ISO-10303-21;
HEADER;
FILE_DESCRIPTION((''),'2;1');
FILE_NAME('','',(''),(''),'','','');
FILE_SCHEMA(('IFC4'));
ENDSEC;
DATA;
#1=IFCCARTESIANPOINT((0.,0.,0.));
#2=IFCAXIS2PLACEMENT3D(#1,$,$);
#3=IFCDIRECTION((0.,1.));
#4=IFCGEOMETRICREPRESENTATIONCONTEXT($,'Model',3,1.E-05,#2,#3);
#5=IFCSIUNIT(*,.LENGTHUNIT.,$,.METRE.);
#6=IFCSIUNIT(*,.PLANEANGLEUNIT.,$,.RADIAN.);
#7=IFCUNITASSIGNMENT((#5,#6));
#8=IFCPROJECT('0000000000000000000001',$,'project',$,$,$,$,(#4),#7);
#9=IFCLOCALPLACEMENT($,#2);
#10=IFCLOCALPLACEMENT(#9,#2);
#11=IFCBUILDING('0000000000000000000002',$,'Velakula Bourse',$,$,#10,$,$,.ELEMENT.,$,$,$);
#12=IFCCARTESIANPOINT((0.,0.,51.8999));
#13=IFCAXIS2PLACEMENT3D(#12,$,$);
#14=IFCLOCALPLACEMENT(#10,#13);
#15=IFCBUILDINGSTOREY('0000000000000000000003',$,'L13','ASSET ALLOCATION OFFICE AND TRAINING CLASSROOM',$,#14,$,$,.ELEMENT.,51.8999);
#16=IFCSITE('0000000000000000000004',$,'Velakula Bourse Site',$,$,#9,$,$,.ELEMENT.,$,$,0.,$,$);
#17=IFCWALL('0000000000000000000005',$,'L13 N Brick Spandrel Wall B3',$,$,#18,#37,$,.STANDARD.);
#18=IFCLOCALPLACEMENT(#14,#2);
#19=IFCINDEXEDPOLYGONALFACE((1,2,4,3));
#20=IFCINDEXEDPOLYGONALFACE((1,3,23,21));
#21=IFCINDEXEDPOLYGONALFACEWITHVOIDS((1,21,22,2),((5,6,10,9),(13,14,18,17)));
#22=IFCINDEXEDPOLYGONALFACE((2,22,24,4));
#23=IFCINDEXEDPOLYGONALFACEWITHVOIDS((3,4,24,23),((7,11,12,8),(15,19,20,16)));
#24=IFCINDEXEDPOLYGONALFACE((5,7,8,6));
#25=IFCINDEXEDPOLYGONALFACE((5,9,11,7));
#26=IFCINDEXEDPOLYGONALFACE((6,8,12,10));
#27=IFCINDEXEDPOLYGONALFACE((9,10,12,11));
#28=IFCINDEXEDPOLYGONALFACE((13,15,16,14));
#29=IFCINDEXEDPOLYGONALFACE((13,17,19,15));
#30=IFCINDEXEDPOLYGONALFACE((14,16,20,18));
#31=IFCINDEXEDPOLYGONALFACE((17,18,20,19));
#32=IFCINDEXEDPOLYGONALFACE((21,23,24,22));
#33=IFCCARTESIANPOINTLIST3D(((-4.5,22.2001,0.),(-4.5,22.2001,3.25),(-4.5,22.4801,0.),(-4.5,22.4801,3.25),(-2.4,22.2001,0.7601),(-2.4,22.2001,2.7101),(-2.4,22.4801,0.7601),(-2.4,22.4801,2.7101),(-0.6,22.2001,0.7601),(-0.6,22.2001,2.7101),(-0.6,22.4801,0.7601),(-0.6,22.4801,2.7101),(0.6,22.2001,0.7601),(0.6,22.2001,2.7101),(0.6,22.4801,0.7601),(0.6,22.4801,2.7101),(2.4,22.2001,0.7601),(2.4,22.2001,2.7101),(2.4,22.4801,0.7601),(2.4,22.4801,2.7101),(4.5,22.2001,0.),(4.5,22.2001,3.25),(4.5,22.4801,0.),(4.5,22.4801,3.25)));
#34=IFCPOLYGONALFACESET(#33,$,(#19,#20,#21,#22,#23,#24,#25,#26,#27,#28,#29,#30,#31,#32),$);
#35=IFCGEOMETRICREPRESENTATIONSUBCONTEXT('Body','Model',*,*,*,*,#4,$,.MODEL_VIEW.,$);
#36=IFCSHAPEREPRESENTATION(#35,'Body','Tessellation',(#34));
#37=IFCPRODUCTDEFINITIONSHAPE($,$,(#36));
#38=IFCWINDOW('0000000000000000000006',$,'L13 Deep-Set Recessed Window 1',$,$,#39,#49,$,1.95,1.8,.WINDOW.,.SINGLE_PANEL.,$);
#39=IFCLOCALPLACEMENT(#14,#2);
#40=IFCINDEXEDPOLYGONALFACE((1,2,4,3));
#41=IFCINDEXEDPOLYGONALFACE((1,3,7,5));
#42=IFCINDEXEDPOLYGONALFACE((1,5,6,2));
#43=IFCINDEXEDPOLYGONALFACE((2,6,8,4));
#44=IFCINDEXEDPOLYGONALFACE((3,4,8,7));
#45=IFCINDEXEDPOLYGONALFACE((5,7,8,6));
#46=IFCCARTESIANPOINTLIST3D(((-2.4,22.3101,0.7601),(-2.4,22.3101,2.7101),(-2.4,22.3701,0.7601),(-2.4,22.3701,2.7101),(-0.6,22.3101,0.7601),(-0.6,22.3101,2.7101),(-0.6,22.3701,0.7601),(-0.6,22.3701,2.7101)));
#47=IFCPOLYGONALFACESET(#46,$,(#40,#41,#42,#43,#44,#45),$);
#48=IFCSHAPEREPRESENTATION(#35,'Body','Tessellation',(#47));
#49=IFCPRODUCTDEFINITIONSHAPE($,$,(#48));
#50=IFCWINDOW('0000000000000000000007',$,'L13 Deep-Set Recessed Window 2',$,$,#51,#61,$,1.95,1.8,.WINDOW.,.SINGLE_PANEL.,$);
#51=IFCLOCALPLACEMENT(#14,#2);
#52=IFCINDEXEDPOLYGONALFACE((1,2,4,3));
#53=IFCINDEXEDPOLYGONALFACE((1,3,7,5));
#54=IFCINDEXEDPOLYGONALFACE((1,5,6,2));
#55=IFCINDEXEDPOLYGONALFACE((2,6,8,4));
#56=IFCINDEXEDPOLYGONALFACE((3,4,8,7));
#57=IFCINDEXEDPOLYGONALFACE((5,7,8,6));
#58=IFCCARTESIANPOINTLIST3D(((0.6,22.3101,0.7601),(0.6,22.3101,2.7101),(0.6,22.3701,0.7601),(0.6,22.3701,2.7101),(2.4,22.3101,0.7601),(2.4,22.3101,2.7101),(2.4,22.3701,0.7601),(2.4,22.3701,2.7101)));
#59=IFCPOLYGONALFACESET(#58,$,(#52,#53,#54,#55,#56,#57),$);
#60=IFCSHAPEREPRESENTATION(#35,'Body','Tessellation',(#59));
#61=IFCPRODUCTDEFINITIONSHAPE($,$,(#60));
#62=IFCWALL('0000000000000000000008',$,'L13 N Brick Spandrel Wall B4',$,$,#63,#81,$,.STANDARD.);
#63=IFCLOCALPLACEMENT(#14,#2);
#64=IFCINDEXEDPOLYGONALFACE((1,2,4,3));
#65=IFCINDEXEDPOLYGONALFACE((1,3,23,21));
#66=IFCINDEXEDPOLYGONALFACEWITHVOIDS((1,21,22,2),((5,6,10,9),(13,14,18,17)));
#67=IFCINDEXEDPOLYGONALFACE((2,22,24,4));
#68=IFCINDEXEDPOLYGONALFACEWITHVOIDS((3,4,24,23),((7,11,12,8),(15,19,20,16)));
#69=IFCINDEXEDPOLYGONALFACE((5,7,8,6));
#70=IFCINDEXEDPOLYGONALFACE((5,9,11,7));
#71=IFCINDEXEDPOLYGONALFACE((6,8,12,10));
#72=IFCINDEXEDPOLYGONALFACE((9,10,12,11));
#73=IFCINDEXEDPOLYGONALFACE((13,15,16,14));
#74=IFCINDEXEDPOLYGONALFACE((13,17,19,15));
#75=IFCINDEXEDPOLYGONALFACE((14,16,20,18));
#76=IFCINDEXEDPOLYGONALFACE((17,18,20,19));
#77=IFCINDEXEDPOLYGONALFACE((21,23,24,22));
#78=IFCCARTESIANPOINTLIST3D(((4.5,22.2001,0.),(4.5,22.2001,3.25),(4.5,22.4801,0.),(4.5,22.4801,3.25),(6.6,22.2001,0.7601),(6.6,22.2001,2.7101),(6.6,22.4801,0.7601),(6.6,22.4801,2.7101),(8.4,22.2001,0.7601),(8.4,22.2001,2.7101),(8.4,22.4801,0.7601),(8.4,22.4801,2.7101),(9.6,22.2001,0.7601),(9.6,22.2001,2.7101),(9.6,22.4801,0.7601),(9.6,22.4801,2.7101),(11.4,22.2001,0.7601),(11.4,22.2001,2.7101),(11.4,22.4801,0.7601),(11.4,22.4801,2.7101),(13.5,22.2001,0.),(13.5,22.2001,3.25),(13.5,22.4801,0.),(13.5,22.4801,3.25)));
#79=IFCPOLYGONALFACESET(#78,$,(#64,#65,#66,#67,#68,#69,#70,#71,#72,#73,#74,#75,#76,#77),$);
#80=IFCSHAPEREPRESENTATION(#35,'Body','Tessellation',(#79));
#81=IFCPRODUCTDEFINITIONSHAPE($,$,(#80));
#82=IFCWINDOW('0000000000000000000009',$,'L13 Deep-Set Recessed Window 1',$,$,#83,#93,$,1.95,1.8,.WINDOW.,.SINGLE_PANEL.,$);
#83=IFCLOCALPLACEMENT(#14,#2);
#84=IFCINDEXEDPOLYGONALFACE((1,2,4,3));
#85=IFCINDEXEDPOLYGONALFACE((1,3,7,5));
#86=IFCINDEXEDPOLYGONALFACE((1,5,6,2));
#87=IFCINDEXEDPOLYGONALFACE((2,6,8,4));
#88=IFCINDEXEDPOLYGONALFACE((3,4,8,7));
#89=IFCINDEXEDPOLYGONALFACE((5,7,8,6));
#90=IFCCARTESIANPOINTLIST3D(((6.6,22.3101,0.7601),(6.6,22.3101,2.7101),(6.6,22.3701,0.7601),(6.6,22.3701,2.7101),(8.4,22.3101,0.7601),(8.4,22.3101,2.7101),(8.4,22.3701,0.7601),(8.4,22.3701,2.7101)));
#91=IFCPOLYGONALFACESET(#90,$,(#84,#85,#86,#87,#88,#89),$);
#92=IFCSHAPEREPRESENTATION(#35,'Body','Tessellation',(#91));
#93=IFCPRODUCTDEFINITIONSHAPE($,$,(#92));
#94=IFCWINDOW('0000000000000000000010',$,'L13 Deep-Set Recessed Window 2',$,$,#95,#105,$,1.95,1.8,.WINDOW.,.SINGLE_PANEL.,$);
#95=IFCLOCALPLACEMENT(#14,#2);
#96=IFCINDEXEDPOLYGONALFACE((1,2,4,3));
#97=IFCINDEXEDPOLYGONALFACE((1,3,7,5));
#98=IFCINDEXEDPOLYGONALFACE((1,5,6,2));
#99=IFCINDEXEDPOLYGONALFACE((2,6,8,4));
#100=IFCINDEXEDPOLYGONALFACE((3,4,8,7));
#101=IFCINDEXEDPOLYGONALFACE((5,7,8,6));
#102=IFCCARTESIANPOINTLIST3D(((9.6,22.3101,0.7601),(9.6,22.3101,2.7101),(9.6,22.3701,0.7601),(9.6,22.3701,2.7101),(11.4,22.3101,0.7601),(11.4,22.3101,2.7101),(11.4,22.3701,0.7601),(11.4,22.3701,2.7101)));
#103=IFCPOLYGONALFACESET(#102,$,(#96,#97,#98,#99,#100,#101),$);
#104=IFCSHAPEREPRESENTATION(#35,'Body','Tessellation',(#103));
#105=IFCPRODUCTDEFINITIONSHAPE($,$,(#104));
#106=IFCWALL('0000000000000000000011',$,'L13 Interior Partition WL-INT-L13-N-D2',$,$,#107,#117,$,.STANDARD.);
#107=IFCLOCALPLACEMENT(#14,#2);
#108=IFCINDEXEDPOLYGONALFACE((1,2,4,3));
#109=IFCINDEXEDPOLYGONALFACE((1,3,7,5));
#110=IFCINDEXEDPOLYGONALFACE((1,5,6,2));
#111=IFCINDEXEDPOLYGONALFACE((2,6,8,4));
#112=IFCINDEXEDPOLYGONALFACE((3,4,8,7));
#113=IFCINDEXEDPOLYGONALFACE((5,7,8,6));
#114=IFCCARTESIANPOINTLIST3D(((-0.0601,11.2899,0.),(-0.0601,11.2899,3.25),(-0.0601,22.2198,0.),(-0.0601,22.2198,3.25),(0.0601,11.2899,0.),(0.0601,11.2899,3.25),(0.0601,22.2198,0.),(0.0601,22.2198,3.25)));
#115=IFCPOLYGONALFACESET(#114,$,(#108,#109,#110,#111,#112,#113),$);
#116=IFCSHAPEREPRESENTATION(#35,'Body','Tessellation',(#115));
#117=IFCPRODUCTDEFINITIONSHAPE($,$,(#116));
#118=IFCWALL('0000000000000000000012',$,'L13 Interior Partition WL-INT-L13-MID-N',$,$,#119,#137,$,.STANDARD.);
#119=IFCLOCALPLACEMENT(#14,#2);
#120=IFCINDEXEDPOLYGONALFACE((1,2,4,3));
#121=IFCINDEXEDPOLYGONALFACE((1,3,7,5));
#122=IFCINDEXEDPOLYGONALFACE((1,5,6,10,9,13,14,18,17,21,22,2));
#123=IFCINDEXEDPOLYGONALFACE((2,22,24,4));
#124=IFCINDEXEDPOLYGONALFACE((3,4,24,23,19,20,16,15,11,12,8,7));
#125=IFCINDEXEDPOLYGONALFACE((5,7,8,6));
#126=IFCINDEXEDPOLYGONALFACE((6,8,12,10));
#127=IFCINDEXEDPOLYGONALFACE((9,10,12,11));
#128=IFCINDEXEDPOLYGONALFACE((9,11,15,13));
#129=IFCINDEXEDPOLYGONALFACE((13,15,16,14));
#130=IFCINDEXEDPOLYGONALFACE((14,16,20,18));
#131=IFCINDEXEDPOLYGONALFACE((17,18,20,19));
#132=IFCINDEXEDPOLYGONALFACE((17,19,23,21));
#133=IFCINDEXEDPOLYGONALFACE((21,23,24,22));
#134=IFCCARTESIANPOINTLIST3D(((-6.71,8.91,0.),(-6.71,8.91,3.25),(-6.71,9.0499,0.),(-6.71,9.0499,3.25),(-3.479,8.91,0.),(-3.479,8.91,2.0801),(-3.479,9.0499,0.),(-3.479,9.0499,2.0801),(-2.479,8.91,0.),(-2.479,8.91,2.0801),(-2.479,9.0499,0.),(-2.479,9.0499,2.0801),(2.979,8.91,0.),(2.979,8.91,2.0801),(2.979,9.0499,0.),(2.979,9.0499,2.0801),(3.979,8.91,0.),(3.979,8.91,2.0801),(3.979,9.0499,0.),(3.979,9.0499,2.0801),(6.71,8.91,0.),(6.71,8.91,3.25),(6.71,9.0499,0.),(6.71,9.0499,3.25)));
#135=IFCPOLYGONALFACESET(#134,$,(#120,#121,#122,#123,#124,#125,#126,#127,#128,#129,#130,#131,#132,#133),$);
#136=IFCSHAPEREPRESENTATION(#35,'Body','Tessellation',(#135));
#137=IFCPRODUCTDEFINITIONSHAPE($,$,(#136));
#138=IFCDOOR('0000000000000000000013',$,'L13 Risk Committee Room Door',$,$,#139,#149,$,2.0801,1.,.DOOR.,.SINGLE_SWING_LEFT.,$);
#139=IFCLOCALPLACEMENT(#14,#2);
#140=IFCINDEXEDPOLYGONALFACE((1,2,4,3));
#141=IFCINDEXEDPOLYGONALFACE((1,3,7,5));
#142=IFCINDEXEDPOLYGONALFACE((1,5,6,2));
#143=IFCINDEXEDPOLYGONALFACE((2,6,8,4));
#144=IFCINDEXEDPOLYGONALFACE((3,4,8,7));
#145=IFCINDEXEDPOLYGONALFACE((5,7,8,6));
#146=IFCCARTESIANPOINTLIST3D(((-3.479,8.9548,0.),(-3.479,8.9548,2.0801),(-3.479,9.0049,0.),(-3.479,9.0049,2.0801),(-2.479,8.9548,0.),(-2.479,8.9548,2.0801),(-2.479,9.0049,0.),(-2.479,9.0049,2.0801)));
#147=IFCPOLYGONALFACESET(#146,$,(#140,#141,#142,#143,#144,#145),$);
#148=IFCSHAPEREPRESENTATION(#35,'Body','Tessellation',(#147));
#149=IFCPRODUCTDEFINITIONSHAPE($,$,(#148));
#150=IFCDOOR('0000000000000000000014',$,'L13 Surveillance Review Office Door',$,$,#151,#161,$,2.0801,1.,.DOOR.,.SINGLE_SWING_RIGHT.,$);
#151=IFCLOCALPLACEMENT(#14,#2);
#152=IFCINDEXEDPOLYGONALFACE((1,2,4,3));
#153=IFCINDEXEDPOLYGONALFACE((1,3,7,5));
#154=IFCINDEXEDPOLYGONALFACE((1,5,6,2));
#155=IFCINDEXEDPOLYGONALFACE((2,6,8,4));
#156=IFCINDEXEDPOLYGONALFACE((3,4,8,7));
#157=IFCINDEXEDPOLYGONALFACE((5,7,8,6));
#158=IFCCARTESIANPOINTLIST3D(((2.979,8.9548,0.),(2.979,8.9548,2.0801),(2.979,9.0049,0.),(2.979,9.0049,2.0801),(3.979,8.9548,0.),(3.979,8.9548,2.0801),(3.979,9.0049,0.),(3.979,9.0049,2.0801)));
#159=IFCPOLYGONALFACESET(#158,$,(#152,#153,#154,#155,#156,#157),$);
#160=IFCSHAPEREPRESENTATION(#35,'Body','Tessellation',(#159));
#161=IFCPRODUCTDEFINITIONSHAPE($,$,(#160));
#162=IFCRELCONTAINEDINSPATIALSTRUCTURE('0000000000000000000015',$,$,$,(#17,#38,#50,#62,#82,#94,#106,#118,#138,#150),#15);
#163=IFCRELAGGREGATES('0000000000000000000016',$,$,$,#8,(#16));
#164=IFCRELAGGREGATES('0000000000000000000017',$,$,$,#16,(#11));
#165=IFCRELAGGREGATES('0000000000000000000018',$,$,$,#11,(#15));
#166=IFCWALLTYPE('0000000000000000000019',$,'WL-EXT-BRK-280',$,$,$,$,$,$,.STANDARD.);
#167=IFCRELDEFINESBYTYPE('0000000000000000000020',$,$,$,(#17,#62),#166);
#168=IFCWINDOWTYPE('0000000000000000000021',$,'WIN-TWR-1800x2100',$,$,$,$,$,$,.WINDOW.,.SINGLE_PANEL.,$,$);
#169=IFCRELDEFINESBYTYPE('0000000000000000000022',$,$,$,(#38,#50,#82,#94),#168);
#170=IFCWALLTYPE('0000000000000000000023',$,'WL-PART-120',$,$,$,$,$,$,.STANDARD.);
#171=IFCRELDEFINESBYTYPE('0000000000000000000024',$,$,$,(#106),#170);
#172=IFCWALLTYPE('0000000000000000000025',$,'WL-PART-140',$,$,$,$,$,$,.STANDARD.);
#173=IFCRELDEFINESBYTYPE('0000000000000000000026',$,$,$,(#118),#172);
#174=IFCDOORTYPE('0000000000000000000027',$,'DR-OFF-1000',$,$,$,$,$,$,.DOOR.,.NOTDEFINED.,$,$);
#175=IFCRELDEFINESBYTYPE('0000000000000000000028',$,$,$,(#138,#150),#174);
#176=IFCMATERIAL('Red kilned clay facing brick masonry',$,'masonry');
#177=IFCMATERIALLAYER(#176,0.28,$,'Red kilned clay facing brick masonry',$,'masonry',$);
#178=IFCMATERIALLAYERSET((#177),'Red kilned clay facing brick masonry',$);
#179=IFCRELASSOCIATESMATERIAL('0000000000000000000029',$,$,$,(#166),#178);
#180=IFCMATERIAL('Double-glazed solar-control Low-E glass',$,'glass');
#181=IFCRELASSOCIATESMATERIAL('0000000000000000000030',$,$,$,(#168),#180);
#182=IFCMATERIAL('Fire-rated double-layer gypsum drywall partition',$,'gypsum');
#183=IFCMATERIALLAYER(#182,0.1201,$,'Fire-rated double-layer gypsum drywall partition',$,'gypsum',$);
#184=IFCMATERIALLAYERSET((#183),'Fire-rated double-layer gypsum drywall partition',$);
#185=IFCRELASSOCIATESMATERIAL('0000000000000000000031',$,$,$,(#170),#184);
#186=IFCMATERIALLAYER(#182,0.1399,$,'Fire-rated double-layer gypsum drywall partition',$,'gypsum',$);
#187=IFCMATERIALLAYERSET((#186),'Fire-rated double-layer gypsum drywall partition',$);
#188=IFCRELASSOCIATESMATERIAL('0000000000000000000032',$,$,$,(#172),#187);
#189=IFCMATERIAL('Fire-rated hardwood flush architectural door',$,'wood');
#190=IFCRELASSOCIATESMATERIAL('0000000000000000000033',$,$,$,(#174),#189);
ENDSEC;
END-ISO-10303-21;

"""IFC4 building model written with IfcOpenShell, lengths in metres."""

from ifc_helpers import new_model, si_unit, direction, frame, frame_2d, origin, place, context, subcontext, project, spatial, rectangle, extrude, material, layer, layer_set, type_object, element, fill, save


model = new_model("IFC4")

# Units and contexts
model_context = context("Model", 3, precision=1e-05, world=origin(), true_north=direction((0.0, 1.0)))
body_context = subcontext(model_context, "Body", "Model", "MODEL_VIEW")
ifc_project = project(units=[si_unit("LENGTHUNIT", "METRE"), si_unit("PLANEANGLEUNIT", "RADIAN")], contexts=[model_context])

# Site, building, storey
site_placement = place(None, origin())
site = spatial("IfcSite", under=ifc_project, at=site_placement, Name="Velakula Bourse Site", CompositionType="ELEMENT", RefElevation=0.0)
building_placement = place(site_placement, origin())
building = spatial("IfcBuilding", under=site, at=building_placement, Name="Velakula Bourse", CompositionType="ELEMENT")
storey_placement = place(building_placement, frame((0.0, 0.0, 51.8999)))
storey = spatial("IfcBuildingStorey", under=building, at=storey_placement, Name="L13", Description="ASSET ALLOCATION OFFICE AND TRAINING CLASSROOM", CompositionType="ELEMENT", Elevation=51.8999)

# Shared definitions
ifc_material_1 = material(Name="Fire-rated hardwood flush architectural door", Category="wood")

# Walls, openings, windows
ifc_material_2 = material(Name="Red kilned clay facing brick masonry", Category="masonry")
ifc_layer_1 = layer(ifc_material_2, 0.28, Name="Red kilned clay facing brick masonry", Category="masonry")
ifc_layer_set_1 = layer_set([ifc_layer_1], Name="Red kilned clay facing brick masonry")
wall_type_1 = type_object("IfcWallType", Name="WL-EXT-BRK-280", PredefinedType="STANDARD", material=ifc_layer_set_1)
wall_1_placement = place(storey_placement, frame((-4.5, 22.3401, 0.0), z_axis=(0.0, 0.0, 1.0), x_axis=(1.0, 0.0, 0.0)))
wall_1 = element("IfcWall", 1, at=wall_1_placement, inside=storey, type_object=wall_type_1, Name="L13 N Brick Spandrel Wall B3", PredefinedType="STANDARD", context=body_context, shape_type="SweptSolid", body=[
    extrude(rectangle(XDim=9.0, YDim=0.28, at=frame_2d((4.5, 0.0))), origin(), (0.0, 0.0, 1.0), 3.25),
])
opening_1_placement = place(wall_1_placement, frame((2.1001, 0.0, 0.76)))
opening_1 = element("IfcOpeningElement", 2, at=opening_1_placement, cuts=wall_1, PredefinedType="OPENING", context=body_context, shape_type="SweptSolid", body=[
    extrude(rectangle(XDim=1.8, YDim=1.95, at=frame_2d((0.8999, 0.9751))), frame((0.0, 0.1499, 0.0), z_axis=(0.0, -1.0, 0.0), x_axis=(1.0, 0.0, 0.0)), (0.0, 0.0, 1.0), 0.3),
])
opening_2_placement = place(wall_1_placement, frame((5.1001, 0.0, 0.76)))
opening_2 = element("IfcOpeningElement", 3, at=opening_2_placement, cuts=wall_1, PredefinedType="OPENING", context=body_context, shape_type="SweptSolid", body=[
    extrude(rectangle(XDim=1.8, YDim=1.95, at=frame_2d((0.8999, 0.9751))), frame((0.0, 0.1499, 0.0), z_axis=(0.0, -1.0, 0.0), x_axis=(1.0, 0.0, 0.0)), (0.0, 0.0, 1.0), 0.3),
])
ifc_material_3 = material(Name="Double-glazed solar-control Low-E glass", Category="glass")
window_type = type_object("IfcWindowType", Name="WIN-TWR-1800x2100", PartitioningType="SINGLE_PANEL", PredefinedType="WINDOW", material=ifc_material_3)
window_1_placement = place(opening_1_placement, origin())
window_1 = element("IfcWindow", 4, at=window_1_placement, inside=storey, type_object=window_type, Name="L13 Deep-Set Recessed Window 1", OverallHeight=1.95, OverallWidth=1.8, PartitioningType="SINGLE_PANEL", PredefinedType="WINDOW", context=body_context, shape_type="SweptSolid", body=[
    extrude(rectangle(XDim=1.8, YDim=1.95, at=frame_2d((0.8999, 0.9751))), frame((0.0, 0.03, 0.0), z_axis=(0.0, -1.0, 0.0), x_axis=(1.0, 0.0, 0.0)), (0.0, 0.0, 1.0), 0.0601),
])
fill(opening_1, window_1)
window_2_placement = place(opening_2_placement, origin())
window_2 = element("IfcWindow", 5, at=window_2_placement, inside=storey, type_object=window_type, Name="L13 Deep-Set Recessed Window 2", OverallHeight=1.95, OverallWidth=1.8, PartitioningType="SINGLE_PANEL", PredefinedType="WINDOW", context=body_context, shape_type="SweptSolid", body=[
    extrude(rectangle(XDim=1.8, YDim=1.95, at=frame_2d((0.8999, 0.9751))), frame((0.0, 0.03, 0.0), z_axis=(0.0, -1.0, 0.0), x_axis=(1.0, 0.0, 0.0)), (0.0, 0.0, 1.0), 0.0601),
])
fill(opening_2, window_2)
wall_2_placement = place(storey_placement, frame((4.5, 22.3401, 0.0), z_axis=(0.0, 0.0, 1.0), x_axis=(1.0, 0.0, 0.0)))
wall_2 = element("IfcWall", 6, at=wall_2_placement, inside=storey, type_object=wall_type_1, Name="L13 N Brick Spandrel Wall B4", PredefinedType="STANDARD", context=body_context, shape_type="SweptSolid", body=[
    extrude(rectangle(XDim=9.0, YDim=0.28, at=frame_2d((4.5, 0.0))), origin(), (0.0, 0.0, 1.0), 3.25),
])
opening_3_placement = place(wall_2_placement, frame((2.1001, 0.0, 0.76)))
opening_3 = element("IfcOpeningElement", 7, at=opening_3_placement, cuts=wall_2, PredefinedType="OPENING", context=body_context, shape_type="SweptSolid", body=[
    extrude(rectangle(XDim=1.8, YDim=1.95, at=frame_2d((0.8999, 0.9751))), frame((0.0, 0.1499, 0.0), z_axis=(0.0, -1.0, 0.0), x_axis=(1.0, 0.0, 0.0)), (0.0, 0.0, 1.0), 0.3),
])
opening_4_placement = place(wall_2_placement, frame((5.1001, 0.0, 0.76)))
opening_4 = element("IfcOpeningElement", 8, at=opening_4_placement, cuts=wall_2, PredefinedType="OPENING", context=body_context, shape_type="SweptSolid", body=[
    extrude(rectangle(XDim=1.8, YDim=1.95, at=frame_2d((0.8999, 0.9751))), frame((0.0, 0.1499, 0.0), z_axis=(0.0, -1.0, 0.0), x_axis=(1.0, 0.0, 0.0)), (0.0, 0.0, 1.0), 0.3),
])
window_3_placement = place(opening_3_placement, origin())
window_3 = element("IfcWindow", 9, at=window_3_placement, inside=storey, type_object=window_type, Name="L13 Deep-Set Recessed Window 1", OverallHeight=1.95, OverallWidth=1.8, PartitioningType="SINGLE_PANEL", PredefinedType="WINDOW", context=body_context, shape_type="SweptSolid", body=[
    extrude(rectangle(XDim=1.8, YDim=1.95, at=frame_2d((0.8999, 0.9751))), frame((0.0, 0.03, 0.0), z_axis=(0.0, -1.0, 0.0), x_axis=(1.0, 0.0, 0.0)), (0.0, 0.0, 1.0), 0.0601),
])
fill(opening_3, window_3)
window_4_placement = place(opening_4_placement, origin())
window_4 = element("IfcWindow", 10, at=window_4_placement, inside=storey, type_object=window_type, Name="L13 Deep-Set Recessed Window 2", OverallHeight=1.95, OverallWidth=1.8, PartitioningType="SINGLE_PANEL", PredefinedType="WINDOW", context=body_context, shape_type="SweptSolid", body=[
    extrude(rectangle(XDim=1.8, YDim=1.95, at=frame_2d((0.8999, 0.9751))), frame((0.0, 0.03, 0.0), z_axis=(0.0, -1.0, 0.0), x_axis=(1.0, 0.0, 0.0)), (0.0, 0.0, 1.0), 0.0601),
])
fill(opening_4, window_4)

# Wall
ifc_material_4 = material(Name="Fire-rated double-layer gypsum drywall partition", Category="gypsum")
ifc_layer_2 = layer(ifc_material_4, 0.1201, Name="Fire-rated double-layer gypsum drywall partition", Category="gypsum")
ifc_layer_set_2 = layer_set([ifc_layer_2], Name="Fire-rated double-layer gypsum drywall partition")
wall_type_2 = type_object("IfcWallType", Name="WL-PART-120", PredefinedType="STANDARD", material=ifc_layer_set_2)
wall_3_placement = place(storey_placement, frame((0.0, 11.29, 0.0), z_axis=(0.0, 0.0, 1.0), x_axis=(0.0, 1.0, 0.0)))
element("IfcWall", 11, at=wall_3_placement, inside=storey, type_object=wall_type_2, Name="L13 Interior Partition WL-INT-L13-N-D2", PredefinedType="STANDARD", context=body_context, shape_type="SweptSolid", body=[
    extrude(rectangle(XDim=10.9299, YDim=0.1201, at=frame_2d((5.4648, 0.0))), origin(), (0.0, 0.0, 1.0), 3.25),
])

# Wall, openings, doors
ifc_layer_3 = layer(ifc_material_4, 0.1399, Name="Fire-rated double-layer gypsum drywall partition", Category="gypsum")
ifc_layer_set_3 = layer_set([ifc_layer_3], Name="Fire-rated double-layer gypsum drywall partition")
wall_type_3 = type_object("IfcWallType", Name="WL-PART-140", PredefinedType="STANDARD", material=ifc_layer_set_3)
wall_4_placement = place(storey_placement, frame((-6.71, 8.98, 0.0), z_axis=(0.0, 0.0, 1.0), x_axis=(1.0, 0.0, 0.0)))
wall_4 = element("IfcWall", 12, at=wall_4_placement, inside=storey, type_object=wall_type_3, Name="L13 Interior Partition WL-INT-L13-MID-N", PredefinedType="STANDARD", context=body_context, shape_type="SweptSolid", body=[
    extrude(rectangle(XDim=13.4199, YDim=0.1399, at=frame_2d((6.71, 0.0))), origin(), (0.0, 0.0, 1.0), 3.25),
])
opening_5_placement = place(wall_4_placement, frame((3.231, 0.0, 0.0)))
opening_5 = element("IfcOpeningElement", 13, at=opening_5_placement, cuts=wall_4, PredefinedType="OPENING", context=body_context, shape_type="SweptSolid", body=[
    extrude(rectangle(XDim=1.0, YDim=2.0801, at=frame_2d((0.5, 1.04))), frame((0.0, 0.0798, 0.0), z_axis=(0.0, -1.0, 0.0), x_axis=(1.0, 0.0, 0.0)), (0.0, 0.0, 1.0), 0.1599),
])
opening_6_placement = place(wall_4_placement, frame((9.689, 0.0, 0.0)))
opening_6 = element("IfcOpeningElement", 14, at=opening_6_placement, cuts=wall_4, PredefinedType="OPENING", context=body_context, shape_type="SweptSolid", body=[
    extrude(rectangle(XDim=1.0, YDim=2.0801, at=frame_2d((0.5, 1.04))), frame((0.0, 0.0798, 0.0), z_axis=(0.0, -1.0, 0.0), x_axis=(1.0, 0.0, 0.0)), (0.0, 0.0, 1.0), 0.1599),
])
door_type_1 = type_object("IfcDoorType", Name="DR-OFF-1000", OperationType="NOTDEFINED", PredefinedType="DOOR", material=ifc_material_1)
door_1_placement = place(opening_5_placement, origin())
door_1 = element("IfcDoor", 15, at=door_1_placement, inside=storey, type_object=door_type_1, Name="L13 Risk Committee Room Door", OperationType="SINGLE_SWING_LEFT", OverallHeight=2.0801, OverallWidth=1.0, PredefinedType="DOOR", context=body_context, shape_type="SweptSolid", body=[
    extrude(rectangle(XDim=1.0, YDim=2.0801, at=frame_2d((0.5, 1.04))), frame((0.0, 0.0249, 0.0), z_axis=(0.0, -1.0, 0.0), x_axis=(1.0, 0.0, 0.0)), (0.0, 0.0, 1.0), 0.05),
])
fill(opening_5, door_1)
door_2_placement = place(opening_6_placement, origin())
door_2 = element("IfcDoor", 16, at=door_2_placement, inside=storey, type_object=door_type_1, Name="L13 Surveillance Review Office Door", OperationType="SINGLE_SWING_RIGHT", OverallHeight=2.0801, OverallWidth=1.0, PredefinedType="DOOR", context=body_context, shape_type="SweptSolid", body=[
    extrude(rectangle(XDim=1.0, YDim=2.0801, at=frame_2d((0.5, 1.04))), frame((0.0, 0.0249, 0.0), z_axis=(0.0, -1.0, 0.0), x_axis=(1.0, 0.0, 0.0)), (0.0, 0.0, 1.0), 0.05),
])
fill(opening_6, door_2)

save(model, "model.ifc")
